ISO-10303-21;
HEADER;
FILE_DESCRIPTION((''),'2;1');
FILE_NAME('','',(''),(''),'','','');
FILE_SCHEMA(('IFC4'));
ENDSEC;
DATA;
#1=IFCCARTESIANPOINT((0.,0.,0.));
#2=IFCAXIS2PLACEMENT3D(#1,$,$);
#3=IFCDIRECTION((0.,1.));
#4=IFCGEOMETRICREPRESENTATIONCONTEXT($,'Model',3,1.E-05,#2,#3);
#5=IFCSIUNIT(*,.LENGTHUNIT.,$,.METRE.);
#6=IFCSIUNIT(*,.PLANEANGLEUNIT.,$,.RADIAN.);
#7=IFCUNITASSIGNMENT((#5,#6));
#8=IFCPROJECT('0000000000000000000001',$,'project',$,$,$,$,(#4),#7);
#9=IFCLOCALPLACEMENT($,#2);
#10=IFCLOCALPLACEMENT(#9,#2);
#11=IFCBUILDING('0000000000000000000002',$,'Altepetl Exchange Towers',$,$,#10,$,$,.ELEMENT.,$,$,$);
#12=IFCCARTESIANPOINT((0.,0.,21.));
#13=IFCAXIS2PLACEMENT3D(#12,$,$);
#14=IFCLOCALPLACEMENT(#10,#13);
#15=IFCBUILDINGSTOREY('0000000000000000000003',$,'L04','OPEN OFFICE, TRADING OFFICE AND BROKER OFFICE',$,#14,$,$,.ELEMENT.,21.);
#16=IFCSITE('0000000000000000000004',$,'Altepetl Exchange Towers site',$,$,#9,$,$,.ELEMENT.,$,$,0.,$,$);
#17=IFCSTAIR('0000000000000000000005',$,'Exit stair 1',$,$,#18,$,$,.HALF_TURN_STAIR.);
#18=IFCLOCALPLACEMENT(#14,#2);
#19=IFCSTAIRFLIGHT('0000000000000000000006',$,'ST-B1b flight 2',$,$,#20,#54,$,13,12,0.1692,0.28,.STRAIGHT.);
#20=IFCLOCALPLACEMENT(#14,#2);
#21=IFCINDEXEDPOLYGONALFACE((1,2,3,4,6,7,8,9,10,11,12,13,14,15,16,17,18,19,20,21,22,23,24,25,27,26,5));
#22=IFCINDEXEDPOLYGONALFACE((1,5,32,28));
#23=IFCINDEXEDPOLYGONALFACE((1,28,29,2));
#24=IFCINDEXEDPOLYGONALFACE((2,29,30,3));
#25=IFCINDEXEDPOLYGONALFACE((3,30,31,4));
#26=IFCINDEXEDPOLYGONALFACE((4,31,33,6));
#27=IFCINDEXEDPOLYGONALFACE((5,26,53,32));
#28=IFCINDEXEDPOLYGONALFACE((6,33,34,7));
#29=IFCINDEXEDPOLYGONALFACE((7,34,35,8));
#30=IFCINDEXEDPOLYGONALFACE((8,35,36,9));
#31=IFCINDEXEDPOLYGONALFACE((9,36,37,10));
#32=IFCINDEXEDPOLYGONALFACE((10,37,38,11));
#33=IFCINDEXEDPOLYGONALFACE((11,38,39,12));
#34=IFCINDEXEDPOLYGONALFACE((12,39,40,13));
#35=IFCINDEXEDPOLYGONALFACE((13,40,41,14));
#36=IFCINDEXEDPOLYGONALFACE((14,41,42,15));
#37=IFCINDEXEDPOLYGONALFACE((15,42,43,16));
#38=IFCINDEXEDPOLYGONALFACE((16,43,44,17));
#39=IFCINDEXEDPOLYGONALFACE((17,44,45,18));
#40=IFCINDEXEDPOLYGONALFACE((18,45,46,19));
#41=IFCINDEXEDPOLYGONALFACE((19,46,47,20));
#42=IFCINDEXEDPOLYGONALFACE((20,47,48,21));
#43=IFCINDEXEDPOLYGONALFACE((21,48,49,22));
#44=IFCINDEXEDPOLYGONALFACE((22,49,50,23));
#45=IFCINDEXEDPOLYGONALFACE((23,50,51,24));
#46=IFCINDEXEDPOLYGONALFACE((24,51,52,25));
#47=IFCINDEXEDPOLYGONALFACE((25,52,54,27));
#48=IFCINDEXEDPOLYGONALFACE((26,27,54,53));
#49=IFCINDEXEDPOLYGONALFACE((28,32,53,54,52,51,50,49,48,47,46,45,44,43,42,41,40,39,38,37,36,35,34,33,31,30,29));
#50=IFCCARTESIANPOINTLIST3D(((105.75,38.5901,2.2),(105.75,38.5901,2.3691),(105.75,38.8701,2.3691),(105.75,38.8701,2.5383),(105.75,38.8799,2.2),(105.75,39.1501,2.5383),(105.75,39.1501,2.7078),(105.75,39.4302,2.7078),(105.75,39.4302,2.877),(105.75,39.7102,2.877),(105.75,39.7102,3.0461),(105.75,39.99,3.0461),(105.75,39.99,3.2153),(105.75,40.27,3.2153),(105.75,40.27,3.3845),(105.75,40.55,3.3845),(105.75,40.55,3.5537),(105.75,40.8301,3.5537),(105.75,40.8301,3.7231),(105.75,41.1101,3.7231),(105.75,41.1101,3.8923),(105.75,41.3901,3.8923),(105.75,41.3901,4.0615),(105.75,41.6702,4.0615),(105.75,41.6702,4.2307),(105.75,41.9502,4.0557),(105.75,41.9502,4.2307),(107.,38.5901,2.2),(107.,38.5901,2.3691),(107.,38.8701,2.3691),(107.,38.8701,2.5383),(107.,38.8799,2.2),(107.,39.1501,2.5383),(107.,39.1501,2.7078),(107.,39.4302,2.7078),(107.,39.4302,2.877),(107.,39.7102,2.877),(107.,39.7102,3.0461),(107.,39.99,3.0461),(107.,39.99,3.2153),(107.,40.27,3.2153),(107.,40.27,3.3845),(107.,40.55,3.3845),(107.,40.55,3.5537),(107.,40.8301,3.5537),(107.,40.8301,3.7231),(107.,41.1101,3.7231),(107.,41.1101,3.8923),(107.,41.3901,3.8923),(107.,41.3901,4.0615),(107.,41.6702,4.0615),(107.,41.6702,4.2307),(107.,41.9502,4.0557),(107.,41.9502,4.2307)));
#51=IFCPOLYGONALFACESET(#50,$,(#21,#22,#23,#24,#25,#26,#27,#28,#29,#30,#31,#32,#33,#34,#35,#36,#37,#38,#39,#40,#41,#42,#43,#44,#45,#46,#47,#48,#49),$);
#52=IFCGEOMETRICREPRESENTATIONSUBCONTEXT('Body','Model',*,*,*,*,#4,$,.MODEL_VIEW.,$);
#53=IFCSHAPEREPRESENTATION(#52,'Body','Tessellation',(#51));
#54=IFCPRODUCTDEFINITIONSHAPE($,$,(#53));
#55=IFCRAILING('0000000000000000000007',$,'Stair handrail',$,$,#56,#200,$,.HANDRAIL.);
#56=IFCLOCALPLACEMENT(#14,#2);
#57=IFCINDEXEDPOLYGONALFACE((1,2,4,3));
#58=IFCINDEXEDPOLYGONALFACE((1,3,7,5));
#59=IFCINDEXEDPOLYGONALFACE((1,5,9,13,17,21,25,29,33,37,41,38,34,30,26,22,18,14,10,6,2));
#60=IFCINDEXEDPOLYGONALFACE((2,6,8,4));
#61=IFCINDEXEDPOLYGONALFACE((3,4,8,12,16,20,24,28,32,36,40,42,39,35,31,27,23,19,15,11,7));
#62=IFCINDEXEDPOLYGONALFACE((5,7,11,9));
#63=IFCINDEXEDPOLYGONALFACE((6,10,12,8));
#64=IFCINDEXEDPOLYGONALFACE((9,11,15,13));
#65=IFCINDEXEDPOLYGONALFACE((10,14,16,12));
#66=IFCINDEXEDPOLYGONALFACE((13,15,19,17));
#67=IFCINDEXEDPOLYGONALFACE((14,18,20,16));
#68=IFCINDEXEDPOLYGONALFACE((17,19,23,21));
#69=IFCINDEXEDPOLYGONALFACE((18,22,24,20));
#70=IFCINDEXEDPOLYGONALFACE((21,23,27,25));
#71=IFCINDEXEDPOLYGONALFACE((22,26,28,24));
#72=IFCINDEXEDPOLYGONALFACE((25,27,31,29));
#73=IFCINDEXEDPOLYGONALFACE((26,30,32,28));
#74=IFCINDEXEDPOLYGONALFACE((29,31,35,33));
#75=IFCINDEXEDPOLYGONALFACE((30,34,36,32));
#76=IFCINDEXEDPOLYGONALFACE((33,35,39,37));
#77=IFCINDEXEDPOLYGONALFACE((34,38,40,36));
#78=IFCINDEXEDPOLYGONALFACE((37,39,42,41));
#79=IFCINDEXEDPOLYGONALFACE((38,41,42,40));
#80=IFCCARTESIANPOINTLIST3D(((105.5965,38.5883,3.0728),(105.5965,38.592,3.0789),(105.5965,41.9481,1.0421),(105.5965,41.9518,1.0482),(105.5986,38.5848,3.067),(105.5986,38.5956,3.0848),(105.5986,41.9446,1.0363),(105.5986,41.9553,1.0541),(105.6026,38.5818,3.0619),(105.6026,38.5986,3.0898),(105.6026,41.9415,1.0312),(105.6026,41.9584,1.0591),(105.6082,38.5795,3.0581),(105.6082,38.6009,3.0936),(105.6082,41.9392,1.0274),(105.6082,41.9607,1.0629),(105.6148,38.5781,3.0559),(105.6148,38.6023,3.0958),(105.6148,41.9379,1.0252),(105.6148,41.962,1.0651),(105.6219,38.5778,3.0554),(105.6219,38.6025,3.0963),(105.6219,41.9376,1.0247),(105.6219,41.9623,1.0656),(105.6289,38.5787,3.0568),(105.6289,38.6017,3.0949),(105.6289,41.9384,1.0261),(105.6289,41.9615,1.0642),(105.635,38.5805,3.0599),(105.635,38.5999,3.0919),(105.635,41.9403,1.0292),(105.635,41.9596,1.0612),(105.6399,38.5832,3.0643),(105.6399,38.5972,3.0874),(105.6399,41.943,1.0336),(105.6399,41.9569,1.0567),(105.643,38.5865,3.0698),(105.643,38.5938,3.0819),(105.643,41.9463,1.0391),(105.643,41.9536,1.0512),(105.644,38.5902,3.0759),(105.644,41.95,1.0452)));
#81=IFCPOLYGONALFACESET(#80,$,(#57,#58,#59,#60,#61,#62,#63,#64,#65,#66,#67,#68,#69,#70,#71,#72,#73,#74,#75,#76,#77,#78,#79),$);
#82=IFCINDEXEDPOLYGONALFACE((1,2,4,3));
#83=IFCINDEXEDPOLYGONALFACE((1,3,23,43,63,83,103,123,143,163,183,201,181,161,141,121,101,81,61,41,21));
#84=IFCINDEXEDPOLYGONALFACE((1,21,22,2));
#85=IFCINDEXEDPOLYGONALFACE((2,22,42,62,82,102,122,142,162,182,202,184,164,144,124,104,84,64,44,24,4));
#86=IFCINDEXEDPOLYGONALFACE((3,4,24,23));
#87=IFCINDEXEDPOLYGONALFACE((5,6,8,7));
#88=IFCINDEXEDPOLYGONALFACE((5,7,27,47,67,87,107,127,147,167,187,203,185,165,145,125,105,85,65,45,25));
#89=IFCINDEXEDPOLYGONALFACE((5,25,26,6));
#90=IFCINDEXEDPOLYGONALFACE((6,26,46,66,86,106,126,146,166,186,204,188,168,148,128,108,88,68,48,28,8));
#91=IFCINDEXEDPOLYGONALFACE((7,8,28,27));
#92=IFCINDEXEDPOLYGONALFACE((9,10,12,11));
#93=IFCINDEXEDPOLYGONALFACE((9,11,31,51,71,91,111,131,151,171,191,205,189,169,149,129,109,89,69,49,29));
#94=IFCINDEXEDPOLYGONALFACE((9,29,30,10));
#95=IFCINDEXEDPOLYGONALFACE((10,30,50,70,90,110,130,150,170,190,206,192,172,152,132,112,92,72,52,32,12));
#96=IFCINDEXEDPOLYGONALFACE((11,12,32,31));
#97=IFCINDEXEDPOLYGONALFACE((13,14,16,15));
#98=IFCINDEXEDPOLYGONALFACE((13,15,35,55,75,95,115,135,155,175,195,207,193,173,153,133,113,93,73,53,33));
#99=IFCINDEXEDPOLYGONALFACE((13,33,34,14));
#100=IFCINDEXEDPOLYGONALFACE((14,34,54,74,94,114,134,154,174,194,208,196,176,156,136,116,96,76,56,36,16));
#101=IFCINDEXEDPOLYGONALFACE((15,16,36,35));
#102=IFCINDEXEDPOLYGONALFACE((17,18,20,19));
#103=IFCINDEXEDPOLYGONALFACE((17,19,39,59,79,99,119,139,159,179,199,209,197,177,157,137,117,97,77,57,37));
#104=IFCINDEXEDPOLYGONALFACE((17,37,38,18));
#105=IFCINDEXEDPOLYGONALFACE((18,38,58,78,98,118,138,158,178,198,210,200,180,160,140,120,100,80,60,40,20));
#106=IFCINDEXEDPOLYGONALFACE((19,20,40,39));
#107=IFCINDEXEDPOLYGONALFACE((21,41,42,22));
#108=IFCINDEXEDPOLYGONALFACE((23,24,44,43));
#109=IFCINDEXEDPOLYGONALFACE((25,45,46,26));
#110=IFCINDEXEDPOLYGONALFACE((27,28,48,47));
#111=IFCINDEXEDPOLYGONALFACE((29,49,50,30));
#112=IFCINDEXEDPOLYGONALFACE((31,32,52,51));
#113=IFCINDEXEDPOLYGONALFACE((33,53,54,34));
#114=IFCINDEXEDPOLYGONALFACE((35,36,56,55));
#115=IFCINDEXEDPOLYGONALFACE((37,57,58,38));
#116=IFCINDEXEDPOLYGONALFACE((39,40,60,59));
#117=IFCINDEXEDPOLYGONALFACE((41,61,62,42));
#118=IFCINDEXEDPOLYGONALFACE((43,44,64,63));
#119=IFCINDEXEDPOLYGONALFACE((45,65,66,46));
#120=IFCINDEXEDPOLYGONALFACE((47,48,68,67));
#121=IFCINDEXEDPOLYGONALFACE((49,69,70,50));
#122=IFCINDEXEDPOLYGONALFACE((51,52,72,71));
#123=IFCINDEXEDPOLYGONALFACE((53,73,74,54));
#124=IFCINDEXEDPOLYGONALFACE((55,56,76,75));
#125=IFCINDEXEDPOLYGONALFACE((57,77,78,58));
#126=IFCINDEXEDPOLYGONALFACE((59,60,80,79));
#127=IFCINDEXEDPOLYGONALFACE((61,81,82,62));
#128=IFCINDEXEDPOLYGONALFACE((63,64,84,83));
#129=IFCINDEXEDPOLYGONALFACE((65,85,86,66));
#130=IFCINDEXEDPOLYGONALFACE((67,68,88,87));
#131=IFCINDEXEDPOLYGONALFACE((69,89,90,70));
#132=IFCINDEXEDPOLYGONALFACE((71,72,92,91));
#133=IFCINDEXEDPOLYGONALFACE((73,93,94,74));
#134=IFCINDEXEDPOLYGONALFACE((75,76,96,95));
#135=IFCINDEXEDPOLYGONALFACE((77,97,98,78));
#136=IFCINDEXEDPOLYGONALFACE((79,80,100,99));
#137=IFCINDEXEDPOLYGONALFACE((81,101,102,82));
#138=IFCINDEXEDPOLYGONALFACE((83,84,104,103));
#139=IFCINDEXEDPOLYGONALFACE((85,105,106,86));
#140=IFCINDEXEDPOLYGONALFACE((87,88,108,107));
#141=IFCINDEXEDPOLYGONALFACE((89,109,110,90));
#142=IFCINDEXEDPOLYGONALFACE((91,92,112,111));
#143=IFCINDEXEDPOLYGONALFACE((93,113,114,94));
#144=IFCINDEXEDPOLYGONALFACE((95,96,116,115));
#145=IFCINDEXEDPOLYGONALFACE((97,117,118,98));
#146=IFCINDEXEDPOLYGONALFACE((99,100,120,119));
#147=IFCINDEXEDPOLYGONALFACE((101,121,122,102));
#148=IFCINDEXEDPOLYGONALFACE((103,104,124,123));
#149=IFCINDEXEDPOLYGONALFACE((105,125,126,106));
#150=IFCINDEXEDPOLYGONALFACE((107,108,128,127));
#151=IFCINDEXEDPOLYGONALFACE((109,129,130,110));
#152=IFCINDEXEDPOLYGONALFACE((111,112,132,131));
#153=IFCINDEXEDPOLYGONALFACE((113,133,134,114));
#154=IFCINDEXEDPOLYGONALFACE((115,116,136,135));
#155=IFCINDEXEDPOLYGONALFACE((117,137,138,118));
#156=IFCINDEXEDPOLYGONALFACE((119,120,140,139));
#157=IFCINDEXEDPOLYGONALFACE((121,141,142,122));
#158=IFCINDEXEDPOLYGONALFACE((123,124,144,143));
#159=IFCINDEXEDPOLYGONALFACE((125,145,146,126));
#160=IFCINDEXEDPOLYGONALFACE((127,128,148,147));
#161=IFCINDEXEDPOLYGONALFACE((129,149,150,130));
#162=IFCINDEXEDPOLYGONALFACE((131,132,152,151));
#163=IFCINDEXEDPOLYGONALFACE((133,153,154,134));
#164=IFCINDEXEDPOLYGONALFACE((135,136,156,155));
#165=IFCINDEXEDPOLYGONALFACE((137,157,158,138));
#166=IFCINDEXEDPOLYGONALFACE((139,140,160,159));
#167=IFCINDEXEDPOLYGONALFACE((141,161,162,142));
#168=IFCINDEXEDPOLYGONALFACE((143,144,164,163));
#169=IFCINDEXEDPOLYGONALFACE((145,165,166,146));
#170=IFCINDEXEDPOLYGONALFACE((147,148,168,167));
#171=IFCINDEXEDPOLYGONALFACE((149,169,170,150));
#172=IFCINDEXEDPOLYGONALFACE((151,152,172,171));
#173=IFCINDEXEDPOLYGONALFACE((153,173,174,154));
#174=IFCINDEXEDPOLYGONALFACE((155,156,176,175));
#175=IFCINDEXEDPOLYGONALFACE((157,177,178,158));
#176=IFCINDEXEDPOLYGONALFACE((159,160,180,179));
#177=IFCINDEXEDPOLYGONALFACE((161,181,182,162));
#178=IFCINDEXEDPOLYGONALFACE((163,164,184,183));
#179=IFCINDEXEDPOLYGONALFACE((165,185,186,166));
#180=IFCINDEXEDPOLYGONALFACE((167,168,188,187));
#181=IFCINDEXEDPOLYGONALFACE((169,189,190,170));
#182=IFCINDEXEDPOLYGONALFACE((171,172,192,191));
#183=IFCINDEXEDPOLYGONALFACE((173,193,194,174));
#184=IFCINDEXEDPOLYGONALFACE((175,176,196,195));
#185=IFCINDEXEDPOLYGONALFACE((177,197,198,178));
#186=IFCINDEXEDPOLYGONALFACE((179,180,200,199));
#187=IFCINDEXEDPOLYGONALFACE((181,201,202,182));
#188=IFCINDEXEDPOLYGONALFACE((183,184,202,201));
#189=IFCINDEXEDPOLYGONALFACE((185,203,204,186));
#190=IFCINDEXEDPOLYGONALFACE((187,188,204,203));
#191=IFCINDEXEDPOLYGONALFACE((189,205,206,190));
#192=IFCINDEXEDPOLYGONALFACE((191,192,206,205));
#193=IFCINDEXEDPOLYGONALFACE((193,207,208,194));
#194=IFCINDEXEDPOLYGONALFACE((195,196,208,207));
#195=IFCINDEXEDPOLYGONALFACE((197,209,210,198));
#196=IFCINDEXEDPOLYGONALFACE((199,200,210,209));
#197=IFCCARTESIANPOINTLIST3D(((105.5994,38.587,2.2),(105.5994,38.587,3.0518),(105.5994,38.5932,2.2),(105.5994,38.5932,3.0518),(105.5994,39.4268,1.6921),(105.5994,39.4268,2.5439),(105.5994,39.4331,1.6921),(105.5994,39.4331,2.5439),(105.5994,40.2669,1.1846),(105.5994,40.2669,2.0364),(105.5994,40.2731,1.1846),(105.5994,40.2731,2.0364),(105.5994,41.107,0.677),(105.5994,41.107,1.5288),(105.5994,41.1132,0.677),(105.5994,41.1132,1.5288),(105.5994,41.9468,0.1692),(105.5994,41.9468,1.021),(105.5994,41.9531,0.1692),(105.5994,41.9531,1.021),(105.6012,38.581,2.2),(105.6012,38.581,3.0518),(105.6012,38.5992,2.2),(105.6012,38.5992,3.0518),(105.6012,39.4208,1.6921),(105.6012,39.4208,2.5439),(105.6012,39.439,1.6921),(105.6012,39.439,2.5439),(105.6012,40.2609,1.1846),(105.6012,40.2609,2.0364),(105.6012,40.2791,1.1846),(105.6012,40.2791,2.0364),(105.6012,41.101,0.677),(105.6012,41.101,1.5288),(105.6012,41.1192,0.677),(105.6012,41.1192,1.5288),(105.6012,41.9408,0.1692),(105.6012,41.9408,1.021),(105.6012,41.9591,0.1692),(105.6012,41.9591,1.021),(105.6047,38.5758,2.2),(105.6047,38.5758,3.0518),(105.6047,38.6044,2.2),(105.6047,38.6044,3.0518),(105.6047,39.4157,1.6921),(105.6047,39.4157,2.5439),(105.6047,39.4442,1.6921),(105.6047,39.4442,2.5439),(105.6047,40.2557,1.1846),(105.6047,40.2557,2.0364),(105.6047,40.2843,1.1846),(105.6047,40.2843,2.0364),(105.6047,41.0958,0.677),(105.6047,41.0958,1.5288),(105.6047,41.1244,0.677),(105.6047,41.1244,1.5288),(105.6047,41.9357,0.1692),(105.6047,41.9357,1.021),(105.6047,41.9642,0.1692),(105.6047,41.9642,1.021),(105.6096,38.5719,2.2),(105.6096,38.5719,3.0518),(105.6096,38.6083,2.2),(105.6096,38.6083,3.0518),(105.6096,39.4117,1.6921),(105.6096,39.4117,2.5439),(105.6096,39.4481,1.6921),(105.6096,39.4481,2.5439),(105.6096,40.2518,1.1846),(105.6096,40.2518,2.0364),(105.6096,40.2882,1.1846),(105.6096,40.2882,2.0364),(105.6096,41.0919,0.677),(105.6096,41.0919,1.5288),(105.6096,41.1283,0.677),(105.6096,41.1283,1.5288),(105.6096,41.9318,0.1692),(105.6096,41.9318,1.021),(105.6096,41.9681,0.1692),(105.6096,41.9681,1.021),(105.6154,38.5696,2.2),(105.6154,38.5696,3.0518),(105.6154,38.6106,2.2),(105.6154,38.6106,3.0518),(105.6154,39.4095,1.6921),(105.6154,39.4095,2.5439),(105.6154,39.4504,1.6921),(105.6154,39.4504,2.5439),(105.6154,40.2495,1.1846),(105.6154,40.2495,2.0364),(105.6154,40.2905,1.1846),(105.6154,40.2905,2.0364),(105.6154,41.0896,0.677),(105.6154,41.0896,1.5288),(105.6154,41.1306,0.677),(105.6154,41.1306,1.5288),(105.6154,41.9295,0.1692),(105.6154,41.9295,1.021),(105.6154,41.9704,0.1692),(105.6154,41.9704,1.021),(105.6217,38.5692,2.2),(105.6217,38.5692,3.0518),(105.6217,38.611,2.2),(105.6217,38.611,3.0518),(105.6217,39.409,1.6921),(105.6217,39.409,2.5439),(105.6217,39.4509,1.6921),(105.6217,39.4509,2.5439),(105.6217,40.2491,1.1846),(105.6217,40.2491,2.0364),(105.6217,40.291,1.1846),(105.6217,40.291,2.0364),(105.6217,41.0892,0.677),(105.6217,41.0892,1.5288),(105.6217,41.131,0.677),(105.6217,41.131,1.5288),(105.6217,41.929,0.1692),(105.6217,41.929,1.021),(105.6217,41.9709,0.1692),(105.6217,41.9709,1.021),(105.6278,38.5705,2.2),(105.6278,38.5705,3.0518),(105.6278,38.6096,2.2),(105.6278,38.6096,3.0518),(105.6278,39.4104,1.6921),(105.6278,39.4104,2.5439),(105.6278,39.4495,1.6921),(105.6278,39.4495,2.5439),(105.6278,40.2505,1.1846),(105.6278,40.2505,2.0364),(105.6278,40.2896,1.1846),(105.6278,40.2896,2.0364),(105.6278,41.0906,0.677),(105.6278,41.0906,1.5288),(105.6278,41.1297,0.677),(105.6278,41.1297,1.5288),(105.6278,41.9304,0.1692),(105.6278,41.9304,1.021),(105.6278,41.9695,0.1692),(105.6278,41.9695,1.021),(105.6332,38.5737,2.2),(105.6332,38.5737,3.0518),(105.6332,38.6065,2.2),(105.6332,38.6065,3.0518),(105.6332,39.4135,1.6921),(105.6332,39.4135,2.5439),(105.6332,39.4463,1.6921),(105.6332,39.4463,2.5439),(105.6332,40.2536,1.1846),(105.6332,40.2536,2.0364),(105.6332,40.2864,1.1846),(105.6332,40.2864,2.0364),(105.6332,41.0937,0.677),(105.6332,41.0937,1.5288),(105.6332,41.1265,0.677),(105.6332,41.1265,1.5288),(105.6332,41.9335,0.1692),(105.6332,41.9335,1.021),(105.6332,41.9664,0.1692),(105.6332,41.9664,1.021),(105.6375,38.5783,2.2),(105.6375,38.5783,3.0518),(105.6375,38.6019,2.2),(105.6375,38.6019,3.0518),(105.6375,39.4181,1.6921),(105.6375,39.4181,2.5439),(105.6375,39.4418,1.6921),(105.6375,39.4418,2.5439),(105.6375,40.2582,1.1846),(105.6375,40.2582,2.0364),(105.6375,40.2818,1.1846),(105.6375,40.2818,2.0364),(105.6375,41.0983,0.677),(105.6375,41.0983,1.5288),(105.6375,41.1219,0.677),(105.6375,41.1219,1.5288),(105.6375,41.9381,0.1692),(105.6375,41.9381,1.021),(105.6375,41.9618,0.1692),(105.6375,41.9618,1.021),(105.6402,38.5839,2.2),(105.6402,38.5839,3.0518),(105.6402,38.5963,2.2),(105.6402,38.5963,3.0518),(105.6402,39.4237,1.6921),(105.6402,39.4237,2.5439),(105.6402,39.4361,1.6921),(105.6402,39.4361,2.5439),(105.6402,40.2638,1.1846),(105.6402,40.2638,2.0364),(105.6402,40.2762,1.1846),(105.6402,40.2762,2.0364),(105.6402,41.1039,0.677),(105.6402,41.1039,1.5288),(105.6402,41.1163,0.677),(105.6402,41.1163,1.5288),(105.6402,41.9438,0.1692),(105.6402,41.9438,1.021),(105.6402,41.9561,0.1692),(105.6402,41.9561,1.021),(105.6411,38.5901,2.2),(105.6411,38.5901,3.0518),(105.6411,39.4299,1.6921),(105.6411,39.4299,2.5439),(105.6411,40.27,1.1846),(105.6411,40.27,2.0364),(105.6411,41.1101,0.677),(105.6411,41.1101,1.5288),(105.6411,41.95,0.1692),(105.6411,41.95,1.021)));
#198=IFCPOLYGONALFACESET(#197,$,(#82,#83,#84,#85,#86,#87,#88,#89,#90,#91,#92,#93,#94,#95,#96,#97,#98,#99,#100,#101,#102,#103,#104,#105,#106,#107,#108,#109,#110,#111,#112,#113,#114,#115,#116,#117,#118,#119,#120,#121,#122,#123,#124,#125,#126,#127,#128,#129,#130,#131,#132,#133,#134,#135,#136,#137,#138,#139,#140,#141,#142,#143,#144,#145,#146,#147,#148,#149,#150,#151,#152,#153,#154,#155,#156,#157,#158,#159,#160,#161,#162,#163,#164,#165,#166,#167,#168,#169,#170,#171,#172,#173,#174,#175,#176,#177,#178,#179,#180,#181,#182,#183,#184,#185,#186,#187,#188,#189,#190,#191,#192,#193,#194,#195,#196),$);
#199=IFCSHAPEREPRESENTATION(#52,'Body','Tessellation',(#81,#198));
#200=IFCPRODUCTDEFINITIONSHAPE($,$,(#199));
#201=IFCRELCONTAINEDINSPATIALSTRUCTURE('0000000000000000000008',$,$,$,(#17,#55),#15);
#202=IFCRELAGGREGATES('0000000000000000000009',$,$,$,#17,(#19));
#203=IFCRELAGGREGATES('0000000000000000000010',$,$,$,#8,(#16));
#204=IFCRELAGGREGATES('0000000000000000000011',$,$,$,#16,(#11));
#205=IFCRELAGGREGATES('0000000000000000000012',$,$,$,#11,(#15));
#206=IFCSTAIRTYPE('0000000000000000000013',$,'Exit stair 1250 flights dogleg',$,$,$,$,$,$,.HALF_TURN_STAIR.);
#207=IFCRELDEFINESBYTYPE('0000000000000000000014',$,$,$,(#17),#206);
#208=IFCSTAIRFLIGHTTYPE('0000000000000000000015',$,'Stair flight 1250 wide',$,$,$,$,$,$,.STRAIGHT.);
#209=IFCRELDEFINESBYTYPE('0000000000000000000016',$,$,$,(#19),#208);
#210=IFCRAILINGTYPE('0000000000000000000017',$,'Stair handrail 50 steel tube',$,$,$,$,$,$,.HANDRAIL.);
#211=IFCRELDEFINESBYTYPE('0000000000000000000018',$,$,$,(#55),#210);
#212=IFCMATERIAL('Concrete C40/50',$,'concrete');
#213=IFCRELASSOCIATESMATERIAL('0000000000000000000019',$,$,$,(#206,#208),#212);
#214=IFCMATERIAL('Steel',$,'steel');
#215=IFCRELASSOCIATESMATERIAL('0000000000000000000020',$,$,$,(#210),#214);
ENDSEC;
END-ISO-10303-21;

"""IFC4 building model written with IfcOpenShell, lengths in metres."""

from ifc_helpers import new_model, si_unit, direction, frame, origin, origin_2d, place, context, subcontext, project, spatial, polyline, circle, outline, extrude, source, transform, mapped, material, type_object, element, aggregate, save


model = new_model("IFC4")

# Units and contexts
model_context = context("Model", 3, precision=1e-05, world=origin(), true_north=direction((0.0, 1.0)))
body_context = subcontext(model_context, "Body", "Model", "MODEL_VIEW")
ifc_project = project(units=[si_unit("LENGTHUNIT", "METRE"), si_unit("PLANEANGLEUNIT", "RADIAN")], contexts=[model_context])

# Site, building, storey
site_placement = place(None, origin())
site = spatial("IfcSite", under=ifc_project, at=site_placement, Name="Altepetl Exchange Towers site", CompositionType="ELEMENT", RefElevation=0.0)
building_placement = place(site_placement, origin())
building = spatial("IfcBuilding", under=site, at=building_placement, Name="Altepetl Exchange Towers", CompositionType="ELEMENT")
storey_placement = place(building_placement, frame((0.0, 0.0, 21.0)))
storey = spatial("IfcBuildingStorey", under=building, at=storey_placement, Name="L04", Description="OPEN OFFICE, TRADING OFFICE AND BROKER OFFICE", CompositionType="ELEMENT", Elevation=21.0)

# Shared definitions
ifc_material_1 = material(Name="Concrete C40/50", Category="concrete")

# Stair, stair flight
stair_type = type_object("IfcStairType", Name="Exit stair 1250 flights dogleg", PredefinedType="HALF_TURN_STAIR", material=ifc_material_1)
stair_placement = place(storey_placement, origin())
stair = element("IfcStair", 1, at=stair_placement, inside=storey, type_object=stair_type, Name="Exit stair 1", PredefinedType="HALF_TURN_STAIR")
stair_flight_type = type_object("IfcStairFlightType", Name="Stair flight 1250 wide", PredefinedType="STRAIGHT", material=ifc_material_1)
stair_flight_1_placement = place(storey_placement, frame((106.375, 38.5901, 2.2), z_axis=(0.0, 0.0, 1.0), x_axis=(0.0, 1.0, 0.0)))
stair_flight_1 = element("IfcStairFlight", 2, at=stair_flight_1_placement, type_object=stair_flight_type, Name="ST-B1b flight 2", NumberOfRisers=13, NumberOfTreads=12, PredefinedType="STRAIGHT", RiserHeight=0.1692, TreadLength=0.28, context=body_context, shape_type="SweptSolid", body=[
    extrude(outline(polyline([(0.0, 0.0), (0.0, 0.1692), (0.28, 0.1692), (0.28, 0.3384), (0.5601, 0.3384), (0.5601, 0.5078), (0.8401, 0.5078), (0.8401, 0.677), (1.1201, 0.677), (1.1201, 0.8462), (1.3999, 0.8462), (1.3999, 1.0154), (1.6799, 1.0154), (1.6799, 1.1846), (1.96, 1.1846), (1.96, 1.3538), (2.24, 1.3538), (2.24, 1.5232), (2.52, 1.5232), (2.52, 1.6924), (2.8, 1.6924), (2.8, 1.8616), (3.0801, 1.8616), (3.0801, 2.0308), (3.3601, 2.0308), (3.3601, 2.2), (3.3601, 1.8557), (0.2898, 0.0), (0.0, 0.0)])), frame((0.0, 0.625, 0.0), z_axis=(0.0, -1.0, 0.0), x_axis=(1.0, 0.0, 0.0)), (0.0, 0.0, 1.0), 1.25),
])
aggregate(stair, [stair_flight_1])

# Railing
ifc_material_2 = material(Name="Steel", Category="steel")
railing_type = type_object("IfcRailingType", Name="Stair handrail 50 steel tube", PredefinedType="HANDRAIL", material=ifc_material_2)
shared_shape = source(origin(), body_context, "Body", "SweptSolid", [
    extrude(circle(Radius=0.021, at=origin_2d()), origin(), (0.0, 0.0, 1.0), 0.8518),
])
railing_1_placement = place(storey_placement, frame((105.6201, 41.95, 0.1692)))
element("IfcRailing", 3, at=railing_1_placement, inside=storey, type_object=railing_type, Name="Stair handrail", PredefinedType="HANDRAIL", context=body_context, shape_type="SweptSolid", body=[
    extrude(circle(Radius=0.0239, at=origin_2d()), frame((0.0, 0.0, 0.876), z_axis=(0.0, -0.85582, 0.517273), x_axis=(1.0, 0.0, 0.0)), (0.0, 0.0, 1.0), 3.9258),
    mapped(shared_shape, transform((0.0, 0.0, 0.0))),
    mapped(shared_shape, transform((0.0, -0.8398, 0.5078))),
    mapped(shared_shape, transform((0.0, -1.6799, 1.0154))),
    mapped(shared_shape, transform((0.0, -2.52, 1.5229))),
    mapped(shared_shape, transform((0.0, -3.3599, 2.0308))),
])

save(model, "model.ifc")
